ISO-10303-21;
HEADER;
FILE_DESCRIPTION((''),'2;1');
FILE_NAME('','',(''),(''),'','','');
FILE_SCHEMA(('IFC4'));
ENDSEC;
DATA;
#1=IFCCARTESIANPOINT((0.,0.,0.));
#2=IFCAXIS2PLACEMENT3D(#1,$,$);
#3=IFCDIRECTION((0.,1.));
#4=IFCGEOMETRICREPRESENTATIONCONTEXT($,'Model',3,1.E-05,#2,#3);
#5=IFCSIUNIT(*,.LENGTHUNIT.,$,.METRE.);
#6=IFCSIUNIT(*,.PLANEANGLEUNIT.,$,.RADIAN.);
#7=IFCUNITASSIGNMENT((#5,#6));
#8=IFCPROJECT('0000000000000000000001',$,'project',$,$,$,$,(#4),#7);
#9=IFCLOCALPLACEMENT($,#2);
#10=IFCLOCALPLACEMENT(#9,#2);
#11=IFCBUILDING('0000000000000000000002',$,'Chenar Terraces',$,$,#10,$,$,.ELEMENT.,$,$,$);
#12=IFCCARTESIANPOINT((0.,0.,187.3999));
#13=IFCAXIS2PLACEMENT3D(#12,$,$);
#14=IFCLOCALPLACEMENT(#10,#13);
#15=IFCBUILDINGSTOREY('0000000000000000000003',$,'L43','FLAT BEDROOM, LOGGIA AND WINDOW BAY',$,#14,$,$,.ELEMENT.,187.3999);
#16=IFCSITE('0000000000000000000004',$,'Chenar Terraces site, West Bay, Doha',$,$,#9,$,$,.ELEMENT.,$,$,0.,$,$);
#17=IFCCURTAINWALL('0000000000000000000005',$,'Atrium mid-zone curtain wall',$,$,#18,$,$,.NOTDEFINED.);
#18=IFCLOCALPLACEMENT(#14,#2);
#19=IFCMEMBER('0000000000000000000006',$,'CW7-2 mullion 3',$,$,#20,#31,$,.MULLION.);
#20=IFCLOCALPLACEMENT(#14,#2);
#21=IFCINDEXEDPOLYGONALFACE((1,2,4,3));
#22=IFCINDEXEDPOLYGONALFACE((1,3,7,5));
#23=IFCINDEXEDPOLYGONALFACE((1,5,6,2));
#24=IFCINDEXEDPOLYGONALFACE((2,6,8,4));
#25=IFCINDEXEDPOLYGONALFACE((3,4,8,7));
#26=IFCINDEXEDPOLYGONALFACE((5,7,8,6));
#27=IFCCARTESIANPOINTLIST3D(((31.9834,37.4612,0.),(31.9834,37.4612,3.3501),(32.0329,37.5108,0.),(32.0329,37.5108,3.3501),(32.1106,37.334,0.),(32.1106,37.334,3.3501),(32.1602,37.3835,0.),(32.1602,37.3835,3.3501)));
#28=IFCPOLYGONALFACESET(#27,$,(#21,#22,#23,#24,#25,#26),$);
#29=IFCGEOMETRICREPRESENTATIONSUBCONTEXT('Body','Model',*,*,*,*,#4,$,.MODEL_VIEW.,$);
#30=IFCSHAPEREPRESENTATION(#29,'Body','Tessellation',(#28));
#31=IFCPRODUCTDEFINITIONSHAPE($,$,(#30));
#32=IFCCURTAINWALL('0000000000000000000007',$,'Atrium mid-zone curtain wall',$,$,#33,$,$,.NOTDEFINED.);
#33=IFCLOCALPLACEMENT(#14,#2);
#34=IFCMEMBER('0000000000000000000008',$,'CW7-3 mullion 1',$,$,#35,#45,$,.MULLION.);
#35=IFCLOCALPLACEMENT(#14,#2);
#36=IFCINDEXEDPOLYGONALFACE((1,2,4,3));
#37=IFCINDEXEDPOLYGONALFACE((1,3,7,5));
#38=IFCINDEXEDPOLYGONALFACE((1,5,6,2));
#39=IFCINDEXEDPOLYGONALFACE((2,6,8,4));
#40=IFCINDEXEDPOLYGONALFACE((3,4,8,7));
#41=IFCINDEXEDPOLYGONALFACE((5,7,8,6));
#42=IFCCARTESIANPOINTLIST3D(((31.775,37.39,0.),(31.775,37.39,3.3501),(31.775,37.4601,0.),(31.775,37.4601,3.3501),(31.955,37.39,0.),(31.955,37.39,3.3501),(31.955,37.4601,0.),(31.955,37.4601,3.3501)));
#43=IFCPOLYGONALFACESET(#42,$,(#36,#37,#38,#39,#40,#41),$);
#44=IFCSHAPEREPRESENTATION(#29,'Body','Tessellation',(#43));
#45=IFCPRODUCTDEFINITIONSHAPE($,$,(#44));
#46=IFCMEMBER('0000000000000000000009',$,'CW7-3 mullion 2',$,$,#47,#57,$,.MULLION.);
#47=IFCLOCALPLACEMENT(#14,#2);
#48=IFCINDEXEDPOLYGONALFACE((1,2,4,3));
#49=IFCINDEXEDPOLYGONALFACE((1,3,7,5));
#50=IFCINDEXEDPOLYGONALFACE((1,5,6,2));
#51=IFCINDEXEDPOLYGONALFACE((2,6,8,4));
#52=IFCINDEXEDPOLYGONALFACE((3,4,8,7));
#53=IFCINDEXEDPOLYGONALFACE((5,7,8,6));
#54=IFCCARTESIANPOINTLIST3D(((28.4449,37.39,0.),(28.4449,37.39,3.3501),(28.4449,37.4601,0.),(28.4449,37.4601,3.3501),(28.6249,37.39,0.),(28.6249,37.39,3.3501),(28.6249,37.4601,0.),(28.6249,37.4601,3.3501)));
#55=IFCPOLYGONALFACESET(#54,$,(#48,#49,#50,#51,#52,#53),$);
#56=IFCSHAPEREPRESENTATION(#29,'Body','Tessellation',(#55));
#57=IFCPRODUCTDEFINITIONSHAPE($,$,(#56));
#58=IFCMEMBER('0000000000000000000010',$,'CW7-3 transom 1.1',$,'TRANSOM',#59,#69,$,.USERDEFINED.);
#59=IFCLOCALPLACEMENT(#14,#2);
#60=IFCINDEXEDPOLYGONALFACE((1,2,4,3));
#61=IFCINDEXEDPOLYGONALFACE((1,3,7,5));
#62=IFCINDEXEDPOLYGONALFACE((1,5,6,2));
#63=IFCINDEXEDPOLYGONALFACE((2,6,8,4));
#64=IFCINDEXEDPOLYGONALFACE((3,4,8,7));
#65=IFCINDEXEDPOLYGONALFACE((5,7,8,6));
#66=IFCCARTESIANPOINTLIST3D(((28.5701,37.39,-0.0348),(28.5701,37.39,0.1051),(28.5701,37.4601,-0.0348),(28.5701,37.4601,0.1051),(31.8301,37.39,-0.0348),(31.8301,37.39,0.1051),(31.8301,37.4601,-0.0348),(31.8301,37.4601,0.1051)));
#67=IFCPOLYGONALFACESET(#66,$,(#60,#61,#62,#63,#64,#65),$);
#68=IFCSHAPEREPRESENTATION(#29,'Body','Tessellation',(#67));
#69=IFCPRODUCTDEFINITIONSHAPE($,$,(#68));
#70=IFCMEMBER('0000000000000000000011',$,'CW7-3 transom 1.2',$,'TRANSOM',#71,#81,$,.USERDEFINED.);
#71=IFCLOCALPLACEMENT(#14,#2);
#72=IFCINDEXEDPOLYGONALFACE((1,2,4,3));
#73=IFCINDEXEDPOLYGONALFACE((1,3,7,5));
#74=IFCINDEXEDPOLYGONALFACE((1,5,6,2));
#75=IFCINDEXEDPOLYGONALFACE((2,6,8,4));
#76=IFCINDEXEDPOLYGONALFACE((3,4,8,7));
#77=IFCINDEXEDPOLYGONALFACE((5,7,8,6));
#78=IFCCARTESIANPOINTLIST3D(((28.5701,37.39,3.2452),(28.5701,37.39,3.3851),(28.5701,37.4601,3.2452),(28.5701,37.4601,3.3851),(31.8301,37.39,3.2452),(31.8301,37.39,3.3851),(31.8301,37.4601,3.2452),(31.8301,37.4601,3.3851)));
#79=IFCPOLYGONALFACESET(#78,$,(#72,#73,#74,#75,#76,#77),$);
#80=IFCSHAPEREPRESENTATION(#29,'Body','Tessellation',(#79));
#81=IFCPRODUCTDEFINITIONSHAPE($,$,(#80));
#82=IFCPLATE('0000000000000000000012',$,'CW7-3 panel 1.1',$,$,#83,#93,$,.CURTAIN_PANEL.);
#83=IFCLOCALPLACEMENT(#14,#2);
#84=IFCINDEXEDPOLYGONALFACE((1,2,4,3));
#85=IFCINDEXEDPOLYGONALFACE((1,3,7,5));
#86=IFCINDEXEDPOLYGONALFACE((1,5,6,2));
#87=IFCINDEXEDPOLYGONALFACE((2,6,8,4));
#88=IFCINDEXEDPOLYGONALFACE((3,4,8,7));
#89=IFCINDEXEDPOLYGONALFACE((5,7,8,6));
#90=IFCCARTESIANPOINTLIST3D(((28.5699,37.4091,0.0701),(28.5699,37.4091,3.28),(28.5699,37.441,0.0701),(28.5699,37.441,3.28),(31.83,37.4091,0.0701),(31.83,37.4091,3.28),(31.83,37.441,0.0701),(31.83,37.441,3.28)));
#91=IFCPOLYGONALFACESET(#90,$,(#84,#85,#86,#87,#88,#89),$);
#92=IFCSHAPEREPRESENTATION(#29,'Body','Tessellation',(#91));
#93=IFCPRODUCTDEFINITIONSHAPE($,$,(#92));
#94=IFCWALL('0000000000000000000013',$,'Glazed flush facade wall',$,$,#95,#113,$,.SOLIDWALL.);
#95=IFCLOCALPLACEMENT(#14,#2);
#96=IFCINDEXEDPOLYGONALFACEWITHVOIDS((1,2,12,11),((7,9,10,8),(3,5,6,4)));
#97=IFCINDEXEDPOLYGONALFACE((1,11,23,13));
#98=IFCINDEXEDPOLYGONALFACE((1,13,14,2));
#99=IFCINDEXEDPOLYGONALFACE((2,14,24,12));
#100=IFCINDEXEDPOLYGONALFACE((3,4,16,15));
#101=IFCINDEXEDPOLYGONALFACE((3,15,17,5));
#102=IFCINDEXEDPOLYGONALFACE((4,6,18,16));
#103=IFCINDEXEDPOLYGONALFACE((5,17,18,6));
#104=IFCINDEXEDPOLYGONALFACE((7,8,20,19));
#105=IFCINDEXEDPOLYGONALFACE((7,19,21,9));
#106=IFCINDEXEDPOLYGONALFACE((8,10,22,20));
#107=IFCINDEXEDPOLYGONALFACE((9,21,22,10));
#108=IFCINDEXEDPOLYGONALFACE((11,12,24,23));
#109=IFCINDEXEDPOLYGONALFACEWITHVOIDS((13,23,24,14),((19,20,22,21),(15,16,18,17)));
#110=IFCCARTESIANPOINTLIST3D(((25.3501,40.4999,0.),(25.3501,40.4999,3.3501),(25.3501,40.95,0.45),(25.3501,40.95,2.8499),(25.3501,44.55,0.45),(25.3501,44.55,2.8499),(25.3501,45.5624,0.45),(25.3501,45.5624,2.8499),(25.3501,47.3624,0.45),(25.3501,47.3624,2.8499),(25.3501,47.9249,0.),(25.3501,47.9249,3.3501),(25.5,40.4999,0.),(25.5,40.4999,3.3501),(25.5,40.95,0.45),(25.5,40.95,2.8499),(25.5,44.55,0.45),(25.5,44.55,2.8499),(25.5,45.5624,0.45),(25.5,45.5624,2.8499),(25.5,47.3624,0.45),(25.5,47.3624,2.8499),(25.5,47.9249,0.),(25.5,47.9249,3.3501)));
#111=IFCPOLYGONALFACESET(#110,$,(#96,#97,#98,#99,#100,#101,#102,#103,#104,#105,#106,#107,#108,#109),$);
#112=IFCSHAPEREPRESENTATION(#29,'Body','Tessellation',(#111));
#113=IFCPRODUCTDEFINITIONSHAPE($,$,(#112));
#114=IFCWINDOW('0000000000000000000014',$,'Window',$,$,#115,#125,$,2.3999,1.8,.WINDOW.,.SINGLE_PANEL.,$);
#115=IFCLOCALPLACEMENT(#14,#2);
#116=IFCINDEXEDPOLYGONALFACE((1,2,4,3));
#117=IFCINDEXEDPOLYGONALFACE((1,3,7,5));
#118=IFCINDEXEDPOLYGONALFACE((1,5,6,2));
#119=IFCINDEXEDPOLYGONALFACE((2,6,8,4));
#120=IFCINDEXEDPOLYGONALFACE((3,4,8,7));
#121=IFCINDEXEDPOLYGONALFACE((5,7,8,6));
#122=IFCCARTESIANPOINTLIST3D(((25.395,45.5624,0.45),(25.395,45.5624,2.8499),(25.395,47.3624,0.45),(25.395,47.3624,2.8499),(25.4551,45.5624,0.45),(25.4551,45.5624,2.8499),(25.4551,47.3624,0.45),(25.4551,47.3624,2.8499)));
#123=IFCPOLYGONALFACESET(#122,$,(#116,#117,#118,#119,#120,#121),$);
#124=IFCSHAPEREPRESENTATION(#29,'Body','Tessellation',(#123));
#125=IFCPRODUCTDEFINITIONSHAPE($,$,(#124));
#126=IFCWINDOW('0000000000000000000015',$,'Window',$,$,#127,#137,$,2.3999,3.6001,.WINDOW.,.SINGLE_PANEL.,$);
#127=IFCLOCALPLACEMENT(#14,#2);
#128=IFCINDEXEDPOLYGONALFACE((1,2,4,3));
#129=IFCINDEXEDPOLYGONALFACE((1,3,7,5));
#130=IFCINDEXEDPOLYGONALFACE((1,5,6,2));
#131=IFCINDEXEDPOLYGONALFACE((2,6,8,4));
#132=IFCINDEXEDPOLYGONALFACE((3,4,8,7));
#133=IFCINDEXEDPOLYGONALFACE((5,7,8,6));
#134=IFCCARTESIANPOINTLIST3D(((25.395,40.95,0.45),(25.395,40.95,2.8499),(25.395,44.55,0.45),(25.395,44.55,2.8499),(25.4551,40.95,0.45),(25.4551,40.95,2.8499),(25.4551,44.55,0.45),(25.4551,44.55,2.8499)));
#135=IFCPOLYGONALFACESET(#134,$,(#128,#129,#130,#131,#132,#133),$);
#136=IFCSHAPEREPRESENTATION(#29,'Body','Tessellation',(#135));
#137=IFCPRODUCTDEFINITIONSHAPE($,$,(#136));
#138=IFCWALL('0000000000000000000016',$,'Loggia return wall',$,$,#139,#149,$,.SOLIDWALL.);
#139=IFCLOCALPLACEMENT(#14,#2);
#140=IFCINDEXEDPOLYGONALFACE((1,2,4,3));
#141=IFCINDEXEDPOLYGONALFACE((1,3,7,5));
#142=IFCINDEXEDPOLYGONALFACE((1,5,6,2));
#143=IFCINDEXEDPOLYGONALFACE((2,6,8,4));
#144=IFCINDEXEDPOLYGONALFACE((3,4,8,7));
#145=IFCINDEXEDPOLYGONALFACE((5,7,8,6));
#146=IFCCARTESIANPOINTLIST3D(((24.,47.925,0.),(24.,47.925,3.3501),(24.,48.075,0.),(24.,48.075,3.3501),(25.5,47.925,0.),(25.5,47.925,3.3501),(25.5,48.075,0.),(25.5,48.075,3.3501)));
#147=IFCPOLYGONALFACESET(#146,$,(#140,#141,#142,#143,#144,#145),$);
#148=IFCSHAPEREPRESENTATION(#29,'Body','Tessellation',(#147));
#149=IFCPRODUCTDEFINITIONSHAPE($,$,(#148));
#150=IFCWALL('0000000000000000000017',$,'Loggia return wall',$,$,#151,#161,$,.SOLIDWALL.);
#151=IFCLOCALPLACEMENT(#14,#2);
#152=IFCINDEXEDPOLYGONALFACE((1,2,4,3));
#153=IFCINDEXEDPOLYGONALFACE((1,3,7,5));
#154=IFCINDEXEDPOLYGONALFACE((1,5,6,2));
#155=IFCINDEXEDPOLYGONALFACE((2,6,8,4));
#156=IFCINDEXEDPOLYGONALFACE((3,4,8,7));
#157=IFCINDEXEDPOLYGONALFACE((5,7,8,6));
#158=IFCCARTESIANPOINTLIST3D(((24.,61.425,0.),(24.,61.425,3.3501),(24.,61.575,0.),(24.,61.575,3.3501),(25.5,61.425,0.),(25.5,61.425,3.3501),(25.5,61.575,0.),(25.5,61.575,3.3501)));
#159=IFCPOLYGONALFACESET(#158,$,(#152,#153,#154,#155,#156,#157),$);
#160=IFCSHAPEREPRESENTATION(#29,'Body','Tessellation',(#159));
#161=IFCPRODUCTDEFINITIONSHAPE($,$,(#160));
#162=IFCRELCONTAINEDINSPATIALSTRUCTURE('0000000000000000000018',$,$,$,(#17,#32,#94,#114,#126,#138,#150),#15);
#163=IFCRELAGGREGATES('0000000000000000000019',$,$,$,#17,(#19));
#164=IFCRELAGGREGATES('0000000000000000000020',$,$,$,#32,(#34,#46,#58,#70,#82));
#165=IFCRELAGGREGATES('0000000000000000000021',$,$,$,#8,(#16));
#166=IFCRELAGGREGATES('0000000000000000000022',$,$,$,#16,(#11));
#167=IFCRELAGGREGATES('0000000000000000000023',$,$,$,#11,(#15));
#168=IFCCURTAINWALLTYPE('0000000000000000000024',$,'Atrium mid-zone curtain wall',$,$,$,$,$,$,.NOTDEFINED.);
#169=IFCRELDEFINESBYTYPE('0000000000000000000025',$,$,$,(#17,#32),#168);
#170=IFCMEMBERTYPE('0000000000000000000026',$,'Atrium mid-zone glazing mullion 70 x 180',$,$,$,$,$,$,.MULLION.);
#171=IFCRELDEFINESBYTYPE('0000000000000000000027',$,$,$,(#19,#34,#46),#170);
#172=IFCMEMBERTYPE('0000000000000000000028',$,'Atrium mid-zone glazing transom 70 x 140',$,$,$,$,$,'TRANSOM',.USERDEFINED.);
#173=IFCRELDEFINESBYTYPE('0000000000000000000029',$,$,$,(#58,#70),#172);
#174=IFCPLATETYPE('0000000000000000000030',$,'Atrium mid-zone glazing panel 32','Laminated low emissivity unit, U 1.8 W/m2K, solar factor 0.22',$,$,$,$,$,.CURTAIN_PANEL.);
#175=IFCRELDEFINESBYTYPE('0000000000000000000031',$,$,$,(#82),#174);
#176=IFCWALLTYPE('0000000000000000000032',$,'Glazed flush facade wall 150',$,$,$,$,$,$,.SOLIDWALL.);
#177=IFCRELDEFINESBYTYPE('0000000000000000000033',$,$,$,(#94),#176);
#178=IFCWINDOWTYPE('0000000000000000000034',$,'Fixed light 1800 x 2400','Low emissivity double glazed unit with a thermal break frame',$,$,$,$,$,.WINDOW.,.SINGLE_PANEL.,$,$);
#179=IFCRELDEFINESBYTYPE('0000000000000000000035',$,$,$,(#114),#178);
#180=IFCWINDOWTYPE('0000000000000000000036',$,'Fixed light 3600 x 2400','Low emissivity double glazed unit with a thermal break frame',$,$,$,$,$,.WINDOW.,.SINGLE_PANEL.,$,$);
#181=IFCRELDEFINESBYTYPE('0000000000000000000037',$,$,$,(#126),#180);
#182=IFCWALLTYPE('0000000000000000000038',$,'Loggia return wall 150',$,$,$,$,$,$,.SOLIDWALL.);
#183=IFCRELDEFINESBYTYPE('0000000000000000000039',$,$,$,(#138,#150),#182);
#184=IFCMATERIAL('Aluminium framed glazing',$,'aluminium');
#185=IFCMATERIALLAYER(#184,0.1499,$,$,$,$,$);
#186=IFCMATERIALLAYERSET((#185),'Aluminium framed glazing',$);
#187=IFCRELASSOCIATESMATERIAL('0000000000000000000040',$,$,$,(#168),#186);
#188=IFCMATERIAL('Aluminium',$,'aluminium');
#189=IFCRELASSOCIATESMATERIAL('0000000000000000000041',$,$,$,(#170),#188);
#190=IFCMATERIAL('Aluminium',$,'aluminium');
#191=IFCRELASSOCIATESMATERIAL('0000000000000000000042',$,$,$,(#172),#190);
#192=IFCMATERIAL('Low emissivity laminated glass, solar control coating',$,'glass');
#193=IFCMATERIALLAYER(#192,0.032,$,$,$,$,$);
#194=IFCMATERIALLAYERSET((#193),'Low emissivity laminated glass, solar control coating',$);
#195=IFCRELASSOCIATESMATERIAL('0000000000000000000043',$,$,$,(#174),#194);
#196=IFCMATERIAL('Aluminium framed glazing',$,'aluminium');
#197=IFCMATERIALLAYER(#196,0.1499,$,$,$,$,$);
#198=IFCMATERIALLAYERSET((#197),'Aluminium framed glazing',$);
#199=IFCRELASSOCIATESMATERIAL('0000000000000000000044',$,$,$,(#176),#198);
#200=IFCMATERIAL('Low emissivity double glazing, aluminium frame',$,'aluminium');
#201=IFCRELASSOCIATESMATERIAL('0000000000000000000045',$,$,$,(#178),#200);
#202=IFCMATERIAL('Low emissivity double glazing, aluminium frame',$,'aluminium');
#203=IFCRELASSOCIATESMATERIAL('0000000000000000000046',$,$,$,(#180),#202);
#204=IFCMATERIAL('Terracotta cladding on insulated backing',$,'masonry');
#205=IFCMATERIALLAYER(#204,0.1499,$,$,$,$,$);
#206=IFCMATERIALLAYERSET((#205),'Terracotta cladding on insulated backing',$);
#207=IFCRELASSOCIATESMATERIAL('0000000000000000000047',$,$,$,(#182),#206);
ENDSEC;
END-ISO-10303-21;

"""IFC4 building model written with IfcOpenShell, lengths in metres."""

from ifc_helpers import new_model, si_unit, direction, frame, frame_2d, origin, origin_2d, place, context, subcontext, project, spatial, rectangle, extrude, material, layer, layer_set, material_profile, profile_set, type_object, element, fill, aggregate, save


model = new_model("IFC4")

# Units and contexts
model_context = context("Model", 3, precision=1e-05, world=origin(), true_north=direction((0.0, 1.0)))
body_context = subcontext(model_context, "Body", "Model", "MODEL_VIEW")
ifc_project = project(units=[si_unit("LENGTHUNIT", "METRE"), si_unit("PLANEANGLEUNIT", "RADIAN")], contexts=[model_context])

# Site, building, storey
site_placement = place(None, origin())
site = spatial("IfcSite", under=ifc_project, at=site_placement, Name="Chenar Terraces site, West Bay, Doha", CompositionType="ELEMENT", RefElevation=0.0)
building_placement = place(site_placement, origin())
building = spatial("IfcBuilding", under=site, at=building_placement, Name="Chenar Terraces", CompositionType="ELEMENT")
storey_placement = place(building_placement, frame((0.0, 0.0, 187.3999)))
storey = spatial("IfcBuildingStorey", under=building, at=storey_placement, Name="L43", Description="FLAT BEDROOM, LOGGIA AND WINDOW BAY", CompositionType="ELEMENT", Elevation=187.3999)

# Curtain wall, member
ifc_material_1 = material(Name="Aluminium framed glazing", Category="aluminium")
ifc_layer_1 = layer(ifc_material_1, 0.1499)
ifc_layer_set_1 = layer_set([ifc_layer_1], Name="Aluminium framed glazing")
curtain_wall_type = type_object("IfcCurtainWallType", Name="Atrium mid-zone curtain wall", PredefinedType="NOTDEFINED", material=ifc_layer_set_1)
placement = place(storey_placement, origin())
curtain_wall_1 = element("IfcCurtainWall", 1, at=placement, inside=storey, type_object=curtain_wall_type, Name="Atrium mid-zone curtain wall", PredefinedType="NOTDEFINED")
ifc_material_2 = material(Name="Aluminium", Category="aluminium")
ifc_material_profile_1 = material_profile(ifc_material_2, rectangle(XDim=0.0701, YDim=0.1799, at=origin_2d()), Name="Atrium mid-zone glazing mullion 70 x 180")
ifc_profile_set_1 = profile_set([ifc_material_profile_1], Name="Aluminium")
member_type_1 = type_object("IfcMemberType", Name="Atrium mid-zone glazing mullion 70 x 180", PredefinedType="MULLION", material=ifc_profile_set_1)
member_1_placement = place(storey_placement, frame((32.0718, 37.4224, 0.0), z_axis=(0.0, 0.0, 1.0), x_axis=(-0.707107, -0.707107, 0.0)))
member_1 = element("IfcMember", 2, at=member_1_placement, type_object=member_type_1, Name="CW7-2 mullion 3", PredefinedType="MULLION", context=body_context, shape_type="SweptSolid", body=[
    extrude(rectangle(XDim=0.0701, YDim=0.1799, at=origin_2d()), origin(), (0.0, 0.0, 1.0), 3.3501),
])
aggregate(curtain_wall_1, [member_1])

# Curtain wall, members, plate
curtain_wall_2 = element("IfcCurtainWall", 3, at=placement, inside=storey, type_object=curtain_wall_type, Name="Atrium mid-zone curtain wall", PredefinedType="NOTDEFINED")
member_2_placement = place(storey_placement, frame((31.865, 37.425, 0.0), z_axis=(0.0, 0.0, 1.0), x_axis=(0.0, -1.0, 0.0)))
member_2 = element("IfcMember", 4, at=member_2_placement, type_object=member_type_1, Name="CW7-3 mullion 1", PredefinedType="MULLION", context=body_context, shape_type="SweptSolid", body=[
    extrude(rectangle(XDim=0.0701, YDim=0.1799, at=origin_2d()), origin(), (0.0, 0.0, 1.0), 3.3501),
])
member_3_placement = place(storey_placement, frame((28.5349, 37.425, 0.0), z_axis=(0.0, 0.0, 1.0), x_axis=(0.0, -1.0, 0.0)))
member_3 = element("IfcMember", 5, at=member_3_placement, type_object=member_type_1, Name="CW7-3 mullion 2", PredefinedType="MULLION", context=body_context, shape_type="SweptSolid", body=[
    extrude(rectangle(XDim=0.0701, YDim=0.1799, at=origin_2d()), origin(), (0.0, 0.0, 1.0), 3.3501),
])
ifc_material_3 = material(Name="Aluminium", Category="aluminium")
ifc_material_profile_2 = material_profile(ifc_material_3, rectangle(XDim=0.0701, YDim=0.1399, at=origin_2d()), Name="Atrium mid-zone glazing transom 70 x 140")
ifc_profile_set_2 = profile_set([ifc_material_profile_2], Name="Aluminium")
member_type_2 = type_object("IfcMemberType", Name="Atrium mid-zone glazing transom 70 x 140", ElementType="TRANSOM", PredefinedType="USERDEFINED", material=ifc_profile_set_2)
member_4_placement = place(storey_placement, frame((31.8301, 37.425, 0.0352), z_axis=(-1.0, 0.0, 0.0), x_axis=(0.0, -1.0, 0.0)))
member_4 = element("IfcMember", 6, at=member_4_placement, type_object=member_type_2, Name="CW7-3 transom 1.1", ObjectType="TRANSOM", PredefinedType="USERDEFINED", context=body_context, shape_type="SweptSolid", body=[
    extrude(rectangle(XDim=0.0701, YDim=0.1399, at=origin_2d()), origin(), (0.0, 0.0, 1.0), 3.26),
])
member_5_placement = place(storey_placement, frame((31.8301, 37.425, 3.3152), z_axis=(-1.0, 0.0, 0.0), x_axis=(0.0, -1.0, 0.0)))
member_5 = element("IfcMember", 7, at=member_5_placement, type_object=member_type_2, Name="CW7-3 transom 1.2", ObjectType="TRANSOM", PredefinedType="USERDEFINED", context=body_context, shape_type="SweptSolid", body=[
    extrude(rectangle(XDim=0.0701, YDim=0.1399, at=origin_2d()), origin(), (0.0, 0.0, 1.0), 3.26),
])
ifc_material_4 = material(Name="Low emissivity laminated glass, solar control coating", Category="glass")
ifc_layer_2 = layer(ifc_material_4, 0.032)
ifc_layer_set_2 = layer_set([ifc_layer_2], Name="Low emissivity laminated glass, solar control coating")
plate_type = type_object("IfcPlateType", Name="Atrium mid-zone glazing panel 32", Description="Laminated low emissivity unit, U 1.8 W/m2K, solar factor 0.22", PredefinedType="CURTAIN_PANEL", material=ifc_layer_set_2)
plate_placement = place(storey_placement, frame((30.2, 37.425, 0.0701), z_axis=(0.0, 0.0, 1.0), x_axis=(-1.0, 0.0, 0.0)))
plate = element("IfcPlate", 8, at=plate_placement, type_object=plate_type, Name="CW7-3 panel 1.1", PredefinedType="CURTAIN_PANEL", context=body_context, shape_type="SweptSolid", body=[
    extrude(rectangle(XDim=3.26, YDim=0.032, at=origin_2d()), origin(), (0.0, 0.0, 1.0), 3.21),
])
aggregate(curtain_wall_2, [member_2, member_3, member_4, member_5, plate])

# Wall, openings, windows
ifc_material_5 = material(Name="Aluminium framed glazing", Category="aluminium")
ifc_layer_3 = layer(ifc_material_5, 0.1499)
ifc_layer_set_3 = layer_set([ifc_layer_3], Name="Aluminium framed glazing")
wall_type_1 = type_object("IfcWallType", Name="Glazed flush facade wall 150", PredefinedType="SOLIDWALL", material=ifc_layer_set_3)
wall_1_placement = place(storey_placement, frame((25.425, 40.5, 0.0), z_axis=(0.0, 0.0, 1.0), x_axis=(0.0, 1.0, 0.0)))
wall_1 = element("IfcWall", 9, at=wall_1_placement, inside=storey, type_object=wall_type_1, Name="Glazed flush facade wall", PredefinedType="SOLIDWALL", context=body_context, shape_type="SweptSolid", body=[
    extrude(rectangle(XDim=7.425, YDim=0.1499, at=frame_2d((3.7124, 0.0))), origin(), (0.0, 0.0, 1.0), 3.3501),
])
opening_1_placement = place(wall_1_placement, frame((0.45, 0.0, 0.45)))
opening_1 = element("IfcOpeningElement", 10, at=opening_1_placement, cuts=wall_1, PredefinedType="OPENING", context=body_context, shape_type="SweptSolid", body=[
    extrude(rectangle(XDim=3.6001, YDim=2.3999, at=frame_2d((1.8, 1.2))), frame((0.0, 0.085, 0.0), z_axis=(0.0, -1.0, 0.0), x_axis=(1.0, 0.0, 0.0)), (0.0, 0.0, 1.0), 0.1699),
])
opening_2_placement = place(wall_1_placement, frame((5.0625, 0.0, 0.45)))
opening_2 = element("IfcOpeningElement", 11, at=opening_2_placement, cuts=wall_1, PredefinedType="OPENING", context=body_context, shape_type="SweptSolid", body=[
    extrude(rectangle(XDim=1.8, YDim=2.3999, at=frame_2d((0.8999, 1.2))), frame((0.0, 0.085, 0.0), z_axis=(0.0, -1.0, 0.0), x_axis=(1.0, 0.0, 0.0)), (0.0, 0.0, 1.0), 0.1699),
])
ifc_material_6 = material(Name="Low emissivity double glazing, aluminium frame", Category="aluminium")
window_type_1 = type_object("IfcWindowType", Name="Fixed light 1800 x 2400", Description="Low emissivity double glazed unit with a thermal break frame", PartitioningType="SINGLE_PANEL", PredefinedType="WINDOW", material=ifc_material_6)
window_1_placement = place(opening_2_placement, origin())
window_1 = element("IfcWindow", 12, at=window_1_placement, inside=storey, type_object=window_type_1, Name="Window", OverallHeight=2.3999, OverallWidth=1.8, PartitioningType="SINGLE_PANEL", PredefinedType="WINDOW", context=body_context, shape_type="SweptSolid", body=[
    extrude(rectangle(XDim=1.8, YDim=2.3999, at=frame_2d((0.8999, 1.2))), frame((0.0, 0.03, 0.0), z_axis=(0.0, -1.0, 0.0), x_axis=(1.0, 0.0, 0.0)), (0.0, 0.0, 1.0), 0.0601),
])
fill(opening_2, window_1)
ifc_material_7 = material(Name="Low emissivity double glazing, aluminium frame", Category="aluminium")
window_type_2 = type_object("IfcWindowType", Name="Fixed light 3600 x 2400", Description="Low emissivity double glazed unit with a thermal break frame", PartitioningType="SINGLE_PANEL", PredefinedType="WINDOW", material=ifc_material_7)
window_2_placement = place(opening_1_placement, origin())
window_2 = element("IfcWindow", 13, at=window_2_placement, inside=storey, type_object=window_type_2, Name="Window", OverallHeight=2.3999, OverallWidth=3.6001, PartitioningType="SINGLE_PANEL", PredefinedType="WINDOW", context=body_context, shape_type="SweptSolid", body=[
    extrude(rectangle(XDim=3.6001, YDim=2.3999, at=frame_2d((1.8, 1.2))), frame((0.0, 0.03, 0.0), z_axis=(0.0, -1.0, 0.0), x_axis=(1.0, 0.0, 0.0)), (0.0, 0.0, 1.0), 0.0601),
])
fill(opening_1, window_2)

# Walls
ifc_material_8 = material(Name="Terracotta cladding on insulated backing", Category="masonry")
ifc_layer_4 = layer(ifc_material_8, 0.1499)
ifc_layer_set_4 = layer_set([ifc_layer_4], Name="Terracotta cladding on insulated backing")
wall_type_2 = type_object("IfcWallType", Name="Loggia return wall 150", PredefinedType="SOLIDWALL", material=ifc_layer_set_4)
for number, where, z_axis, x_axis, name in (
    (14, (25.5, 48.0, 0.0), (0.0, 0.0, 1.0), (-1.0, 0.0, 0.0), "Loggia return wall"),
    (15, (25.5, 61.5, 0.0), (0.0, 0.0, 1.0), (-1.0, 0.0, 0.0), "Loggia return wall"),
):
    element("IfcWall", number, at=place(storey_placement, frame(where, z_axis=z_axis, x_axis=x_axis)), inside=storey, type_object=wall_type_2, Name=name, PredefinedType="SOLIDWALL", context=body_context, shape_type="SweptSolid", body=[
        extrude(rectangle(XDim=1.5, YDim=0.1499, at=frame_2d((0.75, 0.0))), origin(), (0.0, 0.0, 1.0), 3.3501),
    ])

save(model, "model.ifc")
